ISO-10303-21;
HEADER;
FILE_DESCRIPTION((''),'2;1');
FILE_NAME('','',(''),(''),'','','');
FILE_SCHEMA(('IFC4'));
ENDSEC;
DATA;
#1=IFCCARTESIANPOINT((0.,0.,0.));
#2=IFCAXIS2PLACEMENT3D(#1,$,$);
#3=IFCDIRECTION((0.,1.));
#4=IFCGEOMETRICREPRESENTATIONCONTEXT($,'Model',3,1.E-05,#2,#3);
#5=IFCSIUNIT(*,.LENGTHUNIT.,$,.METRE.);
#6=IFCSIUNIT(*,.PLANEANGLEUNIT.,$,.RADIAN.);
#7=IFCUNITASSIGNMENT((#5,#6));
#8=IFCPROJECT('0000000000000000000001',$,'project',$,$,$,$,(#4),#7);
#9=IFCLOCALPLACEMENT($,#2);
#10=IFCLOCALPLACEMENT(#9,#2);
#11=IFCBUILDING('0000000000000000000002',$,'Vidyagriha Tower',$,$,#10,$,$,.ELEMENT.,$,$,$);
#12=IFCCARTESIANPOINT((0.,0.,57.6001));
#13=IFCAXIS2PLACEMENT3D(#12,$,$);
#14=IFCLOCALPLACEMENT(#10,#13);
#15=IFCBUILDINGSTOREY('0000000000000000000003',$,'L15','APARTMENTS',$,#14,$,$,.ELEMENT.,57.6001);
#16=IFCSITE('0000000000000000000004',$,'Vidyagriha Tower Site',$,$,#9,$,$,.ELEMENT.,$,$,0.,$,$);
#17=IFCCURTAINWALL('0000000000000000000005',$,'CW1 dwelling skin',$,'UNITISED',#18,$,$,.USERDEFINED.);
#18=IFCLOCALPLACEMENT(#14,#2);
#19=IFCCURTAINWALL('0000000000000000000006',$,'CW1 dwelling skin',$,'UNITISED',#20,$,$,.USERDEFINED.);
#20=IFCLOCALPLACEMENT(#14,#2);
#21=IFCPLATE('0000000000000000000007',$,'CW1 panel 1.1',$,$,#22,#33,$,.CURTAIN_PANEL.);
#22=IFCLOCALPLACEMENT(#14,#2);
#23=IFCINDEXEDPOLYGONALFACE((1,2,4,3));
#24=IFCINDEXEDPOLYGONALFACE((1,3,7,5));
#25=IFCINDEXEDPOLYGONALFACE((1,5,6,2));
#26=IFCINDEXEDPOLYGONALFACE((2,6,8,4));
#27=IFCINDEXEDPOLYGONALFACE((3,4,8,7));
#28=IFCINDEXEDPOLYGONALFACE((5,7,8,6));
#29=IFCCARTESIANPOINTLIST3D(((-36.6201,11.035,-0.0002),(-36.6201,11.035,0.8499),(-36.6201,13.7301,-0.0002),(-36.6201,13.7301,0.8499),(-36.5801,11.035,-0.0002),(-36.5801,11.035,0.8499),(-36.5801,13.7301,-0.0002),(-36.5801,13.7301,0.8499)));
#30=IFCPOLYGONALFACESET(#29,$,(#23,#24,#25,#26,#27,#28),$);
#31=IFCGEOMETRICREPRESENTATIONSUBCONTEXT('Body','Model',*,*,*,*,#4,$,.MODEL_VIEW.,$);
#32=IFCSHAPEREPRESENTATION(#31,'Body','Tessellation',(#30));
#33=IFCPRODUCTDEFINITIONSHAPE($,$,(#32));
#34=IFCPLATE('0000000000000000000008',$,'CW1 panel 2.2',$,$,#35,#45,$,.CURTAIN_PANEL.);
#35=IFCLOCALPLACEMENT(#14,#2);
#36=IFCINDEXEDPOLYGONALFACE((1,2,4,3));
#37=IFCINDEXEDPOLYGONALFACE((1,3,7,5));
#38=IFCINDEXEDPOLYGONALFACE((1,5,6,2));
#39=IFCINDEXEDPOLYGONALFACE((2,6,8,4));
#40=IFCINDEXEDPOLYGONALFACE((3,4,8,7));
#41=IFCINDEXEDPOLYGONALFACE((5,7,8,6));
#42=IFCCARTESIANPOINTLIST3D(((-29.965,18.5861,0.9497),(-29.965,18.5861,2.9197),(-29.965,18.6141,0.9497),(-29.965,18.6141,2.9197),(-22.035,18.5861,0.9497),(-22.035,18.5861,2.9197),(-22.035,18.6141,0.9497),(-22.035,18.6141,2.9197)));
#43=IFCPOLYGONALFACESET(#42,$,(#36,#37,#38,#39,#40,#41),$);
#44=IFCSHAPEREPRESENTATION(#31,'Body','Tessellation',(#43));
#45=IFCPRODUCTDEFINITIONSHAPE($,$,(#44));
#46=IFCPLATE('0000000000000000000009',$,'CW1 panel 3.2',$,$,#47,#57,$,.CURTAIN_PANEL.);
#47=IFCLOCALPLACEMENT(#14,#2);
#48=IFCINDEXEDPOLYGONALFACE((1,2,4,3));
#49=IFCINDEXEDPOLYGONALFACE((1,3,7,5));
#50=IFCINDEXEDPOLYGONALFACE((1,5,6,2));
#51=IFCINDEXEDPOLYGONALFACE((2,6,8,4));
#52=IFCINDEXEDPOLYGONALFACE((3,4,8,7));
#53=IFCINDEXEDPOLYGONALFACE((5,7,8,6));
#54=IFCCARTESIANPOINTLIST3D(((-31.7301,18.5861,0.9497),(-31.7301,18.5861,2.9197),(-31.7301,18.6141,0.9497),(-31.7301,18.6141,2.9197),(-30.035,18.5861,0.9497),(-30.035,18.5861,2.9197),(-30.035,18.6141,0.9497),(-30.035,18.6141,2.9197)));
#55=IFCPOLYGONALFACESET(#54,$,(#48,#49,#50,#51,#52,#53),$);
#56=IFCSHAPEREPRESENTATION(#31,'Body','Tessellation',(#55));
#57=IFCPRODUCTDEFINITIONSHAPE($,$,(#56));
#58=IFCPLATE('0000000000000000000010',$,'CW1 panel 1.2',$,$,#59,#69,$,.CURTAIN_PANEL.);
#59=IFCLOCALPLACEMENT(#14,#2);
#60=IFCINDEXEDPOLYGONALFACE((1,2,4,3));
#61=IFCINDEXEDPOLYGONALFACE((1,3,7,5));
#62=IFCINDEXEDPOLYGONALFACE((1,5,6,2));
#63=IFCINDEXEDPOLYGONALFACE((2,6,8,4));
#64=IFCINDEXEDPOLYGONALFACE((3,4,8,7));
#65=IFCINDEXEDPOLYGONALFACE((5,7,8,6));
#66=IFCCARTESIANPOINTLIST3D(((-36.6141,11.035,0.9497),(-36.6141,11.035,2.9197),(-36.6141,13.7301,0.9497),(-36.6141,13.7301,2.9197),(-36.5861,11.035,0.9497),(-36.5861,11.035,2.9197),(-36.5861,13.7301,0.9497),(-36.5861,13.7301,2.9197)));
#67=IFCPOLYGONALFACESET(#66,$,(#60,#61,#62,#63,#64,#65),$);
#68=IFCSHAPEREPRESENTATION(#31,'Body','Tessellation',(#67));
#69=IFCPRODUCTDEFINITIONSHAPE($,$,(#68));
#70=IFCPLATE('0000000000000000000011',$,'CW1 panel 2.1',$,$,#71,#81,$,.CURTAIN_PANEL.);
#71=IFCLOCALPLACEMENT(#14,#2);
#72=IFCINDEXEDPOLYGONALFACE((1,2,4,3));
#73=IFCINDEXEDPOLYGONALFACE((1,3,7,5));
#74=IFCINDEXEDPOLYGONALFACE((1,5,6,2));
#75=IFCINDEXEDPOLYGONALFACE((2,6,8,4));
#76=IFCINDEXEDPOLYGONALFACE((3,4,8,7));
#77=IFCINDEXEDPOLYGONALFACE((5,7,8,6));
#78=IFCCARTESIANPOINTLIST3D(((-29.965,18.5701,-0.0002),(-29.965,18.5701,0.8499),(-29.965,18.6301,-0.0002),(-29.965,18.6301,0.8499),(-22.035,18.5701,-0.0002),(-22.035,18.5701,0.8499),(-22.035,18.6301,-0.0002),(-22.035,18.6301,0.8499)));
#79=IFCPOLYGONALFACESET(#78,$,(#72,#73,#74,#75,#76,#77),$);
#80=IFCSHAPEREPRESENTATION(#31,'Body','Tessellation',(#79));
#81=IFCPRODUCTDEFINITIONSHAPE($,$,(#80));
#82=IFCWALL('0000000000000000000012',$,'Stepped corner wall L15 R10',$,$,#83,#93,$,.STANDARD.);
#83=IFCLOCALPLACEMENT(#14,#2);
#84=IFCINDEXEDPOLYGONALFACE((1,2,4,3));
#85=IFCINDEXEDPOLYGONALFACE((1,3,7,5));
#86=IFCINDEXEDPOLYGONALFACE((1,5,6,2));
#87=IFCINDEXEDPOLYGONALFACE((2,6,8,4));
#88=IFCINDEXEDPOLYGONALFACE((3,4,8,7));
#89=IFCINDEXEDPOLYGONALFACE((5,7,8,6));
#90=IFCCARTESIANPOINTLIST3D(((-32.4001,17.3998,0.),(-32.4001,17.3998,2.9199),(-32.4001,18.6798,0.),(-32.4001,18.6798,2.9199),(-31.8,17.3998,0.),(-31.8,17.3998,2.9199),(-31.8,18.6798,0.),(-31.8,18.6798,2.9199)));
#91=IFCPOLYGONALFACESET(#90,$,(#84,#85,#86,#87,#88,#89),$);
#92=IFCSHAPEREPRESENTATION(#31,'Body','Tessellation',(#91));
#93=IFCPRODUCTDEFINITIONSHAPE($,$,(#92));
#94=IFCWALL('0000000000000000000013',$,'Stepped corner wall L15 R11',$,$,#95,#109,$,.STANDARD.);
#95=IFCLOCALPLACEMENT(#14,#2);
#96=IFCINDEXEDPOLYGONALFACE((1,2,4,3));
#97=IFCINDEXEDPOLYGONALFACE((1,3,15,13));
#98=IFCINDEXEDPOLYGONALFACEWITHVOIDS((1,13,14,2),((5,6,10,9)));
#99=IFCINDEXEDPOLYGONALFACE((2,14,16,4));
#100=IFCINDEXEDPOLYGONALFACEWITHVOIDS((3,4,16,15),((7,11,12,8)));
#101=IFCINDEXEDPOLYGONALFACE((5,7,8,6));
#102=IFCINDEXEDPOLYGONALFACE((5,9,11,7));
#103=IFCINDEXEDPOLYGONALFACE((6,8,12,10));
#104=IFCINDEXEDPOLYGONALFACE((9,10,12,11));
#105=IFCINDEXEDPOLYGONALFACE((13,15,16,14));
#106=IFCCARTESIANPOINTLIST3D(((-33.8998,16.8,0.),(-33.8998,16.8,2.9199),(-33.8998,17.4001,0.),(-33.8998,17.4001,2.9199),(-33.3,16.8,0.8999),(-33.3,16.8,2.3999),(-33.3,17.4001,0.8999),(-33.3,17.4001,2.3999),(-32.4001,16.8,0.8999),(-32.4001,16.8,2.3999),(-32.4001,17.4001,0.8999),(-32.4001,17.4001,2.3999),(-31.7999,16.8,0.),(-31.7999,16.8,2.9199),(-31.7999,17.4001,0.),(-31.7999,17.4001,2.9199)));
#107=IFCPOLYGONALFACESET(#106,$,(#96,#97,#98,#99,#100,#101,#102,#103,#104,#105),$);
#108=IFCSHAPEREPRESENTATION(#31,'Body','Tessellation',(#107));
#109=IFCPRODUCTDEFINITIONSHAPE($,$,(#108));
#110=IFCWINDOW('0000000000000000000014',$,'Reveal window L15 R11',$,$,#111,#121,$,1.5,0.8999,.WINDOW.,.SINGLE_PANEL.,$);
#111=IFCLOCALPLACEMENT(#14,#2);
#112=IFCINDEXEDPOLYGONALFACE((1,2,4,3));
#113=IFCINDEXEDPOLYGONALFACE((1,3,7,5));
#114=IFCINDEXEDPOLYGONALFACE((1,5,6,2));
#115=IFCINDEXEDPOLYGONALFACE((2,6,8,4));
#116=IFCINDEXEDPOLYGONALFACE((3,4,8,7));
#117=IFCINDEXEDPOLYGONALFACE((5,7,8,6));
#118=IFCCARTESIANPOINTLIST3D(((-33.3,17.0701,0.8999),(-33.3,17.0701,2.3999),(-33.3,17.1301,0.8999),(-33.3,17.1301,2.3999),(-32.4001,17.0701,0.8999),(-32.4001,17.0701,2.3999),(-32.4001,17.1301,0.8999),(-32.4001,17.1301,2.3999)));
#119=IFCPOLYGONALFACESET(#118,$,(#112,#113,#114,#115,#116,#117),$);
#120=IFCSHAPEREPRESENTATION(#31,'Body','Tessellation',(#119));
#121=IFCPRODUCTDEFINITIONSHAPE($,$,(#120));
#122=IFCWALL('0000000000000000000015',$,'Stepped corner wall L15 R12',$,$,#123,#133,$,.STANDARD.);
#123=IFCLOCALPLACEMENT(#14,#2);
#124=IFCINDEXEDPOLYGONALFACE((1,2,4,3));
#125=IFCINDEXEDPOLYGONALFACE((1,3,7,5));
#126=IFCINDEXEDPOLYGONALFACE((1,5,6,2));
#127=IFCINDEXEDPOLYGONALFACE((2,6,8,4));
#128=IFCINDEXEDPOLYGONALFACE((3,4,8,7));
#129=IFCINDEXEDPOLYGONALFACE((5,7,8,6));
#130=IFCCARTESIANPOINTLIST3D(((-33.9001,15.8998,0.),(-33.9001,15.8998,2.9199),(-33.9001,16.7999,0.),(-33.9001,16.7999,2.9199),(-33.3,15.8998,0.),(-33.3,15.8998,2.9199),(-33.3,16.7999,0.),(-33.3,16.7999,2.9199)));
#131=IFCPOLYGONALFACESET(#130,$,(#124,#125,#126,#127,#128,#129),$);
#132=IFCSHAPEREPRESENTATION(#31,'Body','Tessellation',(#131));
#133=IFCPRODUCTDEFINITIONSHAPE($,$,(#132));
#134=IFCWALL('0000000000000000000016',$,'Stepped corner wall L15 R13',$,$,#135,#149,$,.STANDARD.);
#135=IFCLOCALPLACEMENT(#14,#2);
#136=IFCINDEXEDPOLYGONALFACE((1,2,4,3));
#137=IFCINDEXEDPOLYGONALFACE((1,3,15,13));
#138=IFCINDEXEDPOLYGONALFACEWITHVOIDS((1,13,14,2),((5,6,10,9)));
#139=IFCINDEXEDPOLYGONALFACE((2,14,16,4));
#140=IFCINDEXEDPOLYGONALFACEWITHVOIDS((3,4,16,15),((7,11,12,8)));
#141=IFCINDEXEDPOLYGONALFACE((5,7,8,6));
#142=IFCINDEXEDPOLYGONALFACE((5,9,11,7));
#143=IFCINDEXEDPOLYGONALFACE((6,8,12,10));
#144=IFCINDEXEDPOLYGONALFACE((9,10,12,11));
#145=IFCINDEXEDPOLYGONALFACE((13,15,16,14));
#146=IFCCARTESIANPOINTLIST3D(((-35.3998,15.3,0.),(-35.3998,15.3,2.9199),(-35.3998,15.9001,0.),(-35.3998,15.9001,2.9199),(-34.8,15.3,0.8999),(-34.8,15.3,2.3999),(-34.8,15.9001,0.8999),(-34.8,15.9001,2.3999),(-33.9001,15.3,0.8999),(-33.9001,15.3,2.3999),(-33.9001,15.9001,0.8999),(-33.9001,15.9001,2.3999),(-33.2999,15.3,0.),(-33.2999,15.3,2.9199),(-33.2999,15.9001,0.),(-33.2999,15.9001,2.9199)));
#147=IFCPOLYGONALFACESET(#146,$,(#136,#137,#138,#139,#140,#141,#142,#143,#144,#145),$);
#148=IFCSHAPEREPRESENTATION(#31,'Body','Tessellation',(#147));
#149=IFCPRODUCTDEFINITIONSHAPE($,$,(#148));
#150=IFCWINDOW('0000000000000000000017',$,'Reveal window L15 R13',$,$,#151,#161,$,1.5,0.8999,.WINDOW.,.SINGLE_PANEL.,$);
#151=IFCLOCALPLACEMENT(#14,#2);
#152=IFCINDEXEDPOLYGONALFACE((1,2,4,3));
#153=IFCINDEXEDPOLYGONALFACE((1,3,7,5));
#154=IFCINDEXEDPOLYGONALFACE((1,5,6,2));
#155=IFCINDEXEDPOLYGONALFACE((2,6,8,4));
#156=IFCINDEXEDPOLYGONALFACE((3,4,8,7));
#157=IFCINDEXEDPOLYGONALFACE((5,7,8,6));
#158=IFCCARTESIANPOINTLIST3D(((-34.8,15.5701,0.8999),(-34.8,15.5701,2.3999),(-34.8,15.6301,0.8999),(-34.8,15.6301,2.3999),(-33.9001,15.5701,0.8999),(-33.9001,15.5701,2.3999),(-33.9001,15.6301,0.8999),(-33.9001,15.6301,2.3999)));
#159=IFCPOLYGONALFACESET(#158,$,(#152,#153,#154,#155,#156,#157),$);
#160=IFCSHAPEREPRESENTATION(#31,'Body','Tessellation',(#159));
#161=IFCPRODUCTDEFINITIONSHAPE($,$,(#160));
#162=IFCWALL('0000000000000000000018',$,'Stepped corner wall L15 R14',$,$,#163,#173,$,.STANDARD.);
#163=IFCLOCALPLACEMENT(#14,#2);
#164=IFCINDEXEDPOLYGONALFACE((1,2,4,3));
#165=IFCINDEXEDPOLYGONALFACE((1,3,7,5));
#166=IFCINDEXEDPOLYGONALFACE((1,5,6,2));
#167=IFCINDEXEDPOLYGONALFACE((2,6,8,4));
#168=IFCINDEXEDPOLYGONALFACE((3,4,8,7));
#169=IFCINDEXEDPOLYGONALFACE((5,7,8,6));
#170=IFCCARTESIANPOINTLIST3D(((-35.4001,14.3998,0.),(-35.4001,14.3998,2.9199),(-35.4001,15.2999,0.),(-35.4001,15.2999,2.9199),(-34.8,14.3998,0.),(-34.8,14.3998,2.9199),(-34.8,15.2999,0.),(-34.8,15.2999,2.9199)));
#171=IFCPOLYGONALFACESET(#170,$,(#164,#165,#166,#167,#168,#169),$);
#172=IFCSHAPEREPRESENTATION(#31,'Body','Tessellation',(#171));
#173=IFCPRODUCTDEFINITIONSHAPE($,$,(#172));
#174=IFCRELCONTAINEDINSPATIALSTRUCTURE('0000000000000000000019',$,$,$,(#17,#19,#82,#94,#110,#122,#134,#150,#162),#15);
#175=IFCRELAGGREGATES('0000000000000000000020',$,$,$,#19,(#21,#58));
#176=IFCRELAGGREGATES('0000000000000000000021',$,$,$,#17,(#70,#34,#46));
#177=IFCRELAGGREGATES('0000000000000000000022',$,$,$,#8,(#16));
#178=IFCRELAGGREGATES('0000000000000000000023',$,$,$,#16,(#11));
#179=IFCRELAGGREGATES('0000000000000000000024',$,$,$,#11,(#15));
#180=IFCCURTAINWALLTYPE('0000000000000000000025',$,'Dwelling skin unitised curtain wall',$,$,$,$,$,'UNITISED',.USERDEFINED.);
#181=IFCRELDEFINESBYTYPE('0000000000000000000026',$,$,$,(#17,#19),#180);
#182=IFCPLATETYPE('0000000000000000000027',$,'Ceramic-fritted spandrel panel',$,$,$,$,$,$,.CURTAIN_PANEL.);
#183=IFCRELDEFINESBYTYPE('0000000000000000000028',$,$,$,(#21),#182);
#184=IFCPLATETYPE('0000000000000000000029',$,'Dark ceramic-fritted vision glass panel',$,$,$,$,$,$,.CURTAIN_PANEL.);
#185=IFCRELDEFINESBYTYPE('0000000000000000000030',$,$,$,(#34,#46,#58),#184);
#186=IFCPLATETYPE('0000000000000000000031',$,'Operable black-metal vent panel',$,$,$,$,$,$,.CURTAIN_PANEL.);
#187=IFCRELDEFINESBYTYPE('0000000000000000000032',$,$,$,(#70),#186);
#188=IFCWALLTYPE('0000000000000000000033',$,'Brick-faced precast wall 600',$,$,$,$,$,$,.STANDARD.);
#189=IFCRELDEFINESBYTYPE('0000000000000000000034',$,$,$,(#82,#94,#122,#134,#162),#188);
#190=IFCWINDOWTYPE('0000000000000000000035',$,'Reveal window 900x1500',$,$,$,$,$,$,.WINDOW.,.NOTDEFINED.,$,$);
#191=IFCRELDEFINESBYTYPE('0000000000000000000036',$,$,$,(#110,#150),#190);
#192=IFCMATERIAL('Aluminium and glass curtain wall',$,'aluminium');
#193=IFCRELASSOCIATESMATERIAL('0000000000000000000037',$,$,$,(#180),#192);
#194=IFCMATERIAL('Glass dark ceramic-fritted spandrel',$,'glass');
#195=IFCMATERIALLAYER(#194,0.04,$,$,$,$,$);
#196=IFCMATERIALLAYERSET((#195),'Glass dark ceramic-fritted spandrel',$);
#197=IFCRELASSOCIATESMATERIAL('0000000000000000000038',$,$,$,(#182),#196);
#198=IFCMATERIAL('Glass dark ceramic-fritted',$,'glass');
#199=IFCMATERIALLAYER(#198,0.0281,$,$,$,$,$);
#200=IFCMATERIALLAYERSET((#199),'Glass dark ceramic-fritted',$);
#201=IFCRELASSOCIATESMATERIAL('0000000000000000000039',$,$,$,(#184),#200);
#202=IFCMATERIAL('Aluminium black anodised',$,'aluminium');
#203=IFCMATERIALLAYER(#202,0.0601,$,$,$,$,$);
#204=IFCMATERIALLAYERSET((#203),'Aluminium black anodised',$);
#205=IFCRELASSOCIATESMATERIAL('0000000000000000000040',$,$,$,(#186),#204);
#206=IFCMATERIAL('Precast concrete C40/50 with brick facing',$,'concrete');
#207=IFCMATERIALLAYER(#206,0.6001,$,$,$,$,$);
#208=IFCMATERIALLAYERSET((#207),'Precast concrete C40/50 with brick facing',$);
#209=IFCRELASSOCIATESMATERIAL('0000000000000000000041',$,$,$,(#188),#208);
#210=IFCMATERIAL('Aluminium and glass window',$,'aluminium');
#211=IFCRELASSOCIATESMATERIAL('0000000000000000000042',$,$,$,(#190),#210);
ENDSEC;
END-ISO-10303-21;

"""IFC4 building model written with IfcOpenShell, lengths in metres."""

from ifc_helpers import new_model, si_unit, direction, frame, frame_2d, origin, origin_2d, place, context, subcontext, project, spatial, rectangle, extrude, material, layer, layer_set, type_object, element, fill, aggregate, save


model = new_model("IFC4")

# Units and contexts
model_context = context("Model", 3, precision=1e-05, world=origin(), true_north=direction((0.0, 1.0)))
body_context = subcontext(model_context, "Body", "Model", "MODEL_VIEW")
ifc_project = project(units=[si_unit("LENGTHUNIT", "METRE"), si_unit("PLANEANGLEUNIT", "RADIAN")], contexts=[model_context])

# Site, building, storey
site_placement = place(None, origin())
site = spatial("IfcSite", under=ifc_project, at=site_placement, Name="Vidyagriha Tower Site", CompositionType="ELEMENT", RefElevation=0.0)
building_placement = place(site_placement, origin())
building = spatial("IfcBuilding", under=site, at=building_placement, Name="Vidyagriha Tower", CompositionType="ELEMENT")
storey_placement = place(building_placement, frame((0.0, 0.0, 57.6001)))
storey = spatial("IfcBuildingStorey", under=building, at=storey_placement, Name="L15", Description="APARTMENTS", CompositionType="ELEMENT", Elevation=57.6001)

# Curtain wall
ifc_material_1 = material(Name="Aluminium and glass curtain wall", Category="aluminium")
curtain_wall_type = type_object("IfcCurtainWallType", Name="Dwelling skin unitised curtain wall", ElementType="UNITISED", PredefinedType="USERDEFINED", material=ifc_material_1)
curtain_wall_1_placement = place(storey_placement, origin())
curtain_wall_1 = element("IfcCurtainWall", 1, at=curtain_wall_1_placement, inside=storey, type_object=curtain_wall_type, Name="CW1 dwelling skin", ObjectType="UNITISED", PredefinedType="USERDEFINED")

# Curtain wall
curtain_wall_2_placement = place(storey_placement, origin())
curtain_wall_2 = element("IfcCurtainWall", 2, at=curtain_wall_2_placement, inside=storey, type_object=curtain_wall_type, Name="CW1 dwelling skin", ObjectType="UNITISED", PredefinedType="USERDEFINED")

# Plates
ifc_material_2 = material(Name="Glass dark ceramic-fritted spandrel", Category="glass")
ifc_layer_1 = layer(ifc_material_2, 0.04)
ifc_layer_set_1 = layer_set([ifc_layer_1], Name="Glass dark ceramic-fritted spandrel")
plate_type_1 = type_object("IfcPlateType", Name="Ceramic-fritted spandrel panel", PredefinedType="CURTAIN_PANEL", material=ifc_layer_set_1)
plate_1_placement = place(storey_placement, frame((-36.6001, 12.3826, -0.0002), z_axis=(0.0, 0.0, 1.0), x_axis=(0.0, -1.0, 0.0)))
plate_1 = element("IfcPlate", 3, at=plate_1_placement, type_object=plate_type_1, Name="CW1 panel 1.1", PredefinedType="CURTAIN_PANEL", context=body_context, shape_type="SweptSolid", body=[
    extrude(rectangle(XDim=2.6951, YDim=0.04, at=origin_2d()), origin(), (0.0, 0.0, 1.0), 0.8501),
])
ifc_material_3 = material(Name="Glass dark ceramic-fritted", Category="glass")
ifc_layer_2 = layer(ifc_material_3, 0.0281)
ifc_layer_set_2 = layer_set([ifc_layer_2], Name="Glass dark ceramic-fritted")
plate_type_2 = type_object("IfcPlateType", Name="Dark ceramic-fritted vision glass panel", PredefinedType="CURTAIN_PANEL", material=ifc_layer_set_2)
plate_2_placement = place(storey_placement, frame((-26.0, 18.6001, 0.9497), z_axis=(0.0, 0.0, 1.0), x_axis=(-1.0, 0.0, 0.0)))
plate_2 = element("IfcPlate", 4, at=plate_2_placement, type_object=plate_type_2, Name="CW1 panel 2.2", PredefinedType="CURTAIN_PANEL", context=body_context, shape_type="SweptSolid", body=[
    extrude(rectangle(XDim=7.9299, YDim=0.0281, at=origin_2d()), origin(), (0.0, 0.0, 1.0), 1.97),
])
plate_3_placement = place(storey_placement, frame((-30.8826, 18.6001, 0.9497), z_axis=(0.0, 0.0, 1.0), x_axis=(-1.0, 0.0, 0.0)))
plate_3 = element("IfcPlate", 5, at=plate_3_placement, type_object=plate_type_2, Name="CW1 panel 3.2", PredefinedType="CURTAIN_PANEL", context=body_context, shape_type="SweptSolid", body=[
    extrude(rectangle(XDim=1.6951, YDim=0.0281, at=origin_2d()), origin(), (0.0, 0.0, 1.0), 1.97),
])
plate_4_placement = place(storey_placement, frame((-36.6001, 12.3826, 0.9497), z_axis=(0.0, 0.0, 1.0), x_axis=(0.0, -1.0, 0.0)))
plate_4 = element("IfcPlate", 6, at=plate_4_placement, type_object=plate_type_2, Name="CW1 panel 1.2", PredefinedType="CURTAIN_PANEL", context=body_context, shape_type="SweptSolid", body=[
    extrude(rectangle(XDim=2.6951, YDim=0.0281, at=origin_2d()), origin(), (0.0, 0.0, 1.0), 1.97),
])
aggregate(curtain_wall_2, [plate_1, plate_4])
ifc_material_4 = material(Name="Aluminium black anodised", Category="aluminium")
ifc_layer_3 = layer(ifc_material_4, 0.0601)
ifc_layer_set_3 = layer_set([ifc_layer_3], Name="Aluminium black anodised")
plate_type_3 = type_object("IfcPlateType", Name="Operable black-metal vent panel", PredefinedType="CURTAIN_PANEL", material=ifc_layer_set_3)
plate_5_placement = place(storey_placement, frame((-26.0, 18.6001, -0.0002), z_axis=(0.0, 0.0, 1.0), x_axis=(-1.0, 0.0, 0.0)))
plate_5 = element("IfcPlate", 7, at=plate_5_placement, type_object=plate_type_3, Name="CW1 panel 2.1", PredefinedType="CURTAIN_PANEL", context=body_context, shape_type="SweptSolid", body=[
    extrude(rectangle(XDim=7.9299, YDim=0.0601, at=origin_2d()), origin(), (0.0, 0.0, 1.0), 0.8501),
])
aggregate(curtain_wall_1, [plate_5, plate_2, plate_3])

# Wall
ifc_material_5 = material(Name="Precast concrete C40/50 with brick facing", Category="concrete")
ifc_layer_4 = layer(ifc_material_5, 0.6001)
ifc_layer_set_4 = layer_set([ifc_layer_4], Name="Precast concrete C40/50 with brick facing")
wall_type_1 = type_object("IfcWallType", Name="Brick-faced precast wall 600", PredefinedType="STANDARD", material=ifc_layer_set_4)
wall_1_placement = place(storey_placement, frame((-32.1001, 18.6799, 0.0), z_axis=(0.0, 0.0, 1.0), x_axis=(0.0, -1.0, 0.0)))
element("IfcWall", 8, at=wall_1_placement, inside=storey, type_object=wall_type_1, Name="Stepped corner wall L15 R10", PredefinedType="STANDARD", context=body_context, shape_type="SweptSolid", body=[
    extrude(rectangle(XDim=1.28, YDim=0.6001, at=frame_2d((0.6401, 0.0))), origin(), (0.0, 0.0, 1.0), 2.9199),
])

# Wall, opening, window
wall_2_placement = place(storey_placement, frame((-31.8, 17.1001, 0.0), z_axis=(0.0, 0.0, 1.0), x_axis=(-1.0, 0.0, 0.0)))
wall_2 = element("IfcWall", 9, at=wall_2_placement, inside=storey, type_object=wall_type_1, Name="Stepped corner wall L15 R11", PredefinedType="STANDARD", context=body_context, shape_type="SweptSolid", body=[
    extrude(rectangle(XDim=2.0999, YDim=0.6001, at=frame_2d((1.0498, 0.0))), origin(), (0.0, 0.0, 1.0), 2.9199),
])
opening_1_placement = place(wall_2_placement, frame((0.6001, 0.0, 0.8999)))
opening_1 = element("IfcOpeningElement", 10, at=opening_1_placement, cuts=wall_2, PredefinedType="OPENING", context=body_context, shape_type="SweptSolid", body=[
    extrude(rectangle(XDim=0.8999, YDim=1.5, at=frame_2d((0.45, 0.75))), frame((0.0, 0.3101, 0.0), z_axis=(0.0, -1.0, 0.0), x_axis=(1.0, 0.0, 0.0)), (0.0, 0.0, 1.0), 0.6201),
])
ifc_material_6 = material(Name="Aluminium and glass window", Category="aluminium")
window_type = type_object("IfcWindowType", Name="Reveal window 900x1500", PartitioningType="NOTDEFINED", PredefinedType="WINDOW", material=ifc_material_6)
window_1_placement = place(opening_1_placement, origin())
window_1 = element("IfcWindow", 11, at=window_1_placement, inside=storey, type_object=window_type, Name="Reveal window L15 R11", OverallHeight=1.5, OverallWidth=0.8999, PartitioningType="SINGLE_PANEL", PredefinedType="WINDOW", context=body_context, shape_type="SweptSolid", body=[
    extrude(rectangle(XDim=0.8999, YDim=1.5, at=frame_2d((0.45, 0.75))), frame((0.0, 0.03, 0.0), z_axis=(0.0, -1.0, 0.0), x_axis=(1.0, 0.0, 0.0)), (0.0, 0.0, 1.0), 0.0601),
])
fill(opening_1, window_1)

# Wall
wall_3_placement = place(storey_placement, frame((-33.6001, 16.8, 0.0), z_axis=(0.0, 0.0, 1.0), x_axis=(0.0, -1.0, 0.0)))
element("IfcWall", 12, at=wall_3_placement, inside=storey, type_object=wall_type_1, Name="Stepped corner wall L15 R12", PredefinedType="STANDARD", context=body_context, shape_type="SweptSolid", body=[
    extrude(rectangle(XDim=0.9001, YDim=0.6001, at=frame_2d((0.4502, 0.0))), origin(), (0.0, 0.0, 1.0), 2.9199),
])

# Wall, opening, window
wall_4_placement = place(storey_placement, frame((-33.3, 15.6001, 0.0), z_axis=(0.0, 0.0, 1.0), x_axis=(-1.0, 0.0, 0.0)))
wall_4 = element("IfcWall", 13, at=wall_4_placement, inside=storey, type_object=wall_type_1, Name="Stepped corner wall L15 R13", PredefinedType="STANDARD", context=body_context, shape_type="SweptSolid", body=[
    extrude(rectangle(XDim=2.0999, YDim=0.6001, at=frame_2d((1.0498, 0.0))), origin(), (0.0, 0.0, 1.0), 2.9199),
])
opening_2_placement = place(wall_4_placement, frame((0.6001, 0.0, 0.8999)))
opening_2 = element("IfcOpeningElement", 14, at=opening_2_placement, cuts=wall_4, PredefinedType="OPENING", context=body_context, shape_type="SweptSolid", body=[
    extrude(rectangle(XDim=0.8999, YDim=1.5, at=frame_2d((0.45, 0.75))), frame((0.0, 0.3101, 0.0), z_axis=(0.0, -1.0, 0.0), x_axis=(1.0, 0.0, 0.0)), (0.0, 0.0, 1.0), 0.6201),
])
window_2_placement = place(opening_2_placement, origin())
window_2 = element("IfcWindow", 15, at=window_2_placement, inside=storey, type_object=window_type, Name="Reveal window L15 R13", OverallHeight=1.5, OverallWidth=0.8999, PartitioningType="SINGLE_PANEL", PredefinedType="WINDOW", context=body_context, shape_type="SweptSolid", body=[
    extrude(rectangle(XDim=0.8999, YDim=1.5, at=frame_2d((0.45, 0.75))), frame((0.0, 0.03, 0.0), z_axis=(0.0, -1.0, 0.0), x_axis=(1.0, 0.0, 0.0)), (0.0, 0.0, 1.0), 0.0601),
])
fill(opening_2, window_2)

# Wall
wall_5_placement = place(storey_placement, frame((-35.1001, 15.3, 0.0), z_axis=(0.0, 0.0, 1.0), x_axis=(0.0, -1.0, 0.0)))
element("IfcWall", 16, at=wall_5_placement, inside=storey, type_object=wall_type_1, Name="Stepped corner wall L15 R14", PredefinedType="STANDARD", context=body_context, shape_type="SweptSolid", body=[
    extrude(rectangle(XDim=0.9001, YDim=0.6001, at=frame_2d((0.4502, 0.0))), origin(), (0.0, 0.0, 1.0), 2.9199),
])

save(model, "model.ifc")
